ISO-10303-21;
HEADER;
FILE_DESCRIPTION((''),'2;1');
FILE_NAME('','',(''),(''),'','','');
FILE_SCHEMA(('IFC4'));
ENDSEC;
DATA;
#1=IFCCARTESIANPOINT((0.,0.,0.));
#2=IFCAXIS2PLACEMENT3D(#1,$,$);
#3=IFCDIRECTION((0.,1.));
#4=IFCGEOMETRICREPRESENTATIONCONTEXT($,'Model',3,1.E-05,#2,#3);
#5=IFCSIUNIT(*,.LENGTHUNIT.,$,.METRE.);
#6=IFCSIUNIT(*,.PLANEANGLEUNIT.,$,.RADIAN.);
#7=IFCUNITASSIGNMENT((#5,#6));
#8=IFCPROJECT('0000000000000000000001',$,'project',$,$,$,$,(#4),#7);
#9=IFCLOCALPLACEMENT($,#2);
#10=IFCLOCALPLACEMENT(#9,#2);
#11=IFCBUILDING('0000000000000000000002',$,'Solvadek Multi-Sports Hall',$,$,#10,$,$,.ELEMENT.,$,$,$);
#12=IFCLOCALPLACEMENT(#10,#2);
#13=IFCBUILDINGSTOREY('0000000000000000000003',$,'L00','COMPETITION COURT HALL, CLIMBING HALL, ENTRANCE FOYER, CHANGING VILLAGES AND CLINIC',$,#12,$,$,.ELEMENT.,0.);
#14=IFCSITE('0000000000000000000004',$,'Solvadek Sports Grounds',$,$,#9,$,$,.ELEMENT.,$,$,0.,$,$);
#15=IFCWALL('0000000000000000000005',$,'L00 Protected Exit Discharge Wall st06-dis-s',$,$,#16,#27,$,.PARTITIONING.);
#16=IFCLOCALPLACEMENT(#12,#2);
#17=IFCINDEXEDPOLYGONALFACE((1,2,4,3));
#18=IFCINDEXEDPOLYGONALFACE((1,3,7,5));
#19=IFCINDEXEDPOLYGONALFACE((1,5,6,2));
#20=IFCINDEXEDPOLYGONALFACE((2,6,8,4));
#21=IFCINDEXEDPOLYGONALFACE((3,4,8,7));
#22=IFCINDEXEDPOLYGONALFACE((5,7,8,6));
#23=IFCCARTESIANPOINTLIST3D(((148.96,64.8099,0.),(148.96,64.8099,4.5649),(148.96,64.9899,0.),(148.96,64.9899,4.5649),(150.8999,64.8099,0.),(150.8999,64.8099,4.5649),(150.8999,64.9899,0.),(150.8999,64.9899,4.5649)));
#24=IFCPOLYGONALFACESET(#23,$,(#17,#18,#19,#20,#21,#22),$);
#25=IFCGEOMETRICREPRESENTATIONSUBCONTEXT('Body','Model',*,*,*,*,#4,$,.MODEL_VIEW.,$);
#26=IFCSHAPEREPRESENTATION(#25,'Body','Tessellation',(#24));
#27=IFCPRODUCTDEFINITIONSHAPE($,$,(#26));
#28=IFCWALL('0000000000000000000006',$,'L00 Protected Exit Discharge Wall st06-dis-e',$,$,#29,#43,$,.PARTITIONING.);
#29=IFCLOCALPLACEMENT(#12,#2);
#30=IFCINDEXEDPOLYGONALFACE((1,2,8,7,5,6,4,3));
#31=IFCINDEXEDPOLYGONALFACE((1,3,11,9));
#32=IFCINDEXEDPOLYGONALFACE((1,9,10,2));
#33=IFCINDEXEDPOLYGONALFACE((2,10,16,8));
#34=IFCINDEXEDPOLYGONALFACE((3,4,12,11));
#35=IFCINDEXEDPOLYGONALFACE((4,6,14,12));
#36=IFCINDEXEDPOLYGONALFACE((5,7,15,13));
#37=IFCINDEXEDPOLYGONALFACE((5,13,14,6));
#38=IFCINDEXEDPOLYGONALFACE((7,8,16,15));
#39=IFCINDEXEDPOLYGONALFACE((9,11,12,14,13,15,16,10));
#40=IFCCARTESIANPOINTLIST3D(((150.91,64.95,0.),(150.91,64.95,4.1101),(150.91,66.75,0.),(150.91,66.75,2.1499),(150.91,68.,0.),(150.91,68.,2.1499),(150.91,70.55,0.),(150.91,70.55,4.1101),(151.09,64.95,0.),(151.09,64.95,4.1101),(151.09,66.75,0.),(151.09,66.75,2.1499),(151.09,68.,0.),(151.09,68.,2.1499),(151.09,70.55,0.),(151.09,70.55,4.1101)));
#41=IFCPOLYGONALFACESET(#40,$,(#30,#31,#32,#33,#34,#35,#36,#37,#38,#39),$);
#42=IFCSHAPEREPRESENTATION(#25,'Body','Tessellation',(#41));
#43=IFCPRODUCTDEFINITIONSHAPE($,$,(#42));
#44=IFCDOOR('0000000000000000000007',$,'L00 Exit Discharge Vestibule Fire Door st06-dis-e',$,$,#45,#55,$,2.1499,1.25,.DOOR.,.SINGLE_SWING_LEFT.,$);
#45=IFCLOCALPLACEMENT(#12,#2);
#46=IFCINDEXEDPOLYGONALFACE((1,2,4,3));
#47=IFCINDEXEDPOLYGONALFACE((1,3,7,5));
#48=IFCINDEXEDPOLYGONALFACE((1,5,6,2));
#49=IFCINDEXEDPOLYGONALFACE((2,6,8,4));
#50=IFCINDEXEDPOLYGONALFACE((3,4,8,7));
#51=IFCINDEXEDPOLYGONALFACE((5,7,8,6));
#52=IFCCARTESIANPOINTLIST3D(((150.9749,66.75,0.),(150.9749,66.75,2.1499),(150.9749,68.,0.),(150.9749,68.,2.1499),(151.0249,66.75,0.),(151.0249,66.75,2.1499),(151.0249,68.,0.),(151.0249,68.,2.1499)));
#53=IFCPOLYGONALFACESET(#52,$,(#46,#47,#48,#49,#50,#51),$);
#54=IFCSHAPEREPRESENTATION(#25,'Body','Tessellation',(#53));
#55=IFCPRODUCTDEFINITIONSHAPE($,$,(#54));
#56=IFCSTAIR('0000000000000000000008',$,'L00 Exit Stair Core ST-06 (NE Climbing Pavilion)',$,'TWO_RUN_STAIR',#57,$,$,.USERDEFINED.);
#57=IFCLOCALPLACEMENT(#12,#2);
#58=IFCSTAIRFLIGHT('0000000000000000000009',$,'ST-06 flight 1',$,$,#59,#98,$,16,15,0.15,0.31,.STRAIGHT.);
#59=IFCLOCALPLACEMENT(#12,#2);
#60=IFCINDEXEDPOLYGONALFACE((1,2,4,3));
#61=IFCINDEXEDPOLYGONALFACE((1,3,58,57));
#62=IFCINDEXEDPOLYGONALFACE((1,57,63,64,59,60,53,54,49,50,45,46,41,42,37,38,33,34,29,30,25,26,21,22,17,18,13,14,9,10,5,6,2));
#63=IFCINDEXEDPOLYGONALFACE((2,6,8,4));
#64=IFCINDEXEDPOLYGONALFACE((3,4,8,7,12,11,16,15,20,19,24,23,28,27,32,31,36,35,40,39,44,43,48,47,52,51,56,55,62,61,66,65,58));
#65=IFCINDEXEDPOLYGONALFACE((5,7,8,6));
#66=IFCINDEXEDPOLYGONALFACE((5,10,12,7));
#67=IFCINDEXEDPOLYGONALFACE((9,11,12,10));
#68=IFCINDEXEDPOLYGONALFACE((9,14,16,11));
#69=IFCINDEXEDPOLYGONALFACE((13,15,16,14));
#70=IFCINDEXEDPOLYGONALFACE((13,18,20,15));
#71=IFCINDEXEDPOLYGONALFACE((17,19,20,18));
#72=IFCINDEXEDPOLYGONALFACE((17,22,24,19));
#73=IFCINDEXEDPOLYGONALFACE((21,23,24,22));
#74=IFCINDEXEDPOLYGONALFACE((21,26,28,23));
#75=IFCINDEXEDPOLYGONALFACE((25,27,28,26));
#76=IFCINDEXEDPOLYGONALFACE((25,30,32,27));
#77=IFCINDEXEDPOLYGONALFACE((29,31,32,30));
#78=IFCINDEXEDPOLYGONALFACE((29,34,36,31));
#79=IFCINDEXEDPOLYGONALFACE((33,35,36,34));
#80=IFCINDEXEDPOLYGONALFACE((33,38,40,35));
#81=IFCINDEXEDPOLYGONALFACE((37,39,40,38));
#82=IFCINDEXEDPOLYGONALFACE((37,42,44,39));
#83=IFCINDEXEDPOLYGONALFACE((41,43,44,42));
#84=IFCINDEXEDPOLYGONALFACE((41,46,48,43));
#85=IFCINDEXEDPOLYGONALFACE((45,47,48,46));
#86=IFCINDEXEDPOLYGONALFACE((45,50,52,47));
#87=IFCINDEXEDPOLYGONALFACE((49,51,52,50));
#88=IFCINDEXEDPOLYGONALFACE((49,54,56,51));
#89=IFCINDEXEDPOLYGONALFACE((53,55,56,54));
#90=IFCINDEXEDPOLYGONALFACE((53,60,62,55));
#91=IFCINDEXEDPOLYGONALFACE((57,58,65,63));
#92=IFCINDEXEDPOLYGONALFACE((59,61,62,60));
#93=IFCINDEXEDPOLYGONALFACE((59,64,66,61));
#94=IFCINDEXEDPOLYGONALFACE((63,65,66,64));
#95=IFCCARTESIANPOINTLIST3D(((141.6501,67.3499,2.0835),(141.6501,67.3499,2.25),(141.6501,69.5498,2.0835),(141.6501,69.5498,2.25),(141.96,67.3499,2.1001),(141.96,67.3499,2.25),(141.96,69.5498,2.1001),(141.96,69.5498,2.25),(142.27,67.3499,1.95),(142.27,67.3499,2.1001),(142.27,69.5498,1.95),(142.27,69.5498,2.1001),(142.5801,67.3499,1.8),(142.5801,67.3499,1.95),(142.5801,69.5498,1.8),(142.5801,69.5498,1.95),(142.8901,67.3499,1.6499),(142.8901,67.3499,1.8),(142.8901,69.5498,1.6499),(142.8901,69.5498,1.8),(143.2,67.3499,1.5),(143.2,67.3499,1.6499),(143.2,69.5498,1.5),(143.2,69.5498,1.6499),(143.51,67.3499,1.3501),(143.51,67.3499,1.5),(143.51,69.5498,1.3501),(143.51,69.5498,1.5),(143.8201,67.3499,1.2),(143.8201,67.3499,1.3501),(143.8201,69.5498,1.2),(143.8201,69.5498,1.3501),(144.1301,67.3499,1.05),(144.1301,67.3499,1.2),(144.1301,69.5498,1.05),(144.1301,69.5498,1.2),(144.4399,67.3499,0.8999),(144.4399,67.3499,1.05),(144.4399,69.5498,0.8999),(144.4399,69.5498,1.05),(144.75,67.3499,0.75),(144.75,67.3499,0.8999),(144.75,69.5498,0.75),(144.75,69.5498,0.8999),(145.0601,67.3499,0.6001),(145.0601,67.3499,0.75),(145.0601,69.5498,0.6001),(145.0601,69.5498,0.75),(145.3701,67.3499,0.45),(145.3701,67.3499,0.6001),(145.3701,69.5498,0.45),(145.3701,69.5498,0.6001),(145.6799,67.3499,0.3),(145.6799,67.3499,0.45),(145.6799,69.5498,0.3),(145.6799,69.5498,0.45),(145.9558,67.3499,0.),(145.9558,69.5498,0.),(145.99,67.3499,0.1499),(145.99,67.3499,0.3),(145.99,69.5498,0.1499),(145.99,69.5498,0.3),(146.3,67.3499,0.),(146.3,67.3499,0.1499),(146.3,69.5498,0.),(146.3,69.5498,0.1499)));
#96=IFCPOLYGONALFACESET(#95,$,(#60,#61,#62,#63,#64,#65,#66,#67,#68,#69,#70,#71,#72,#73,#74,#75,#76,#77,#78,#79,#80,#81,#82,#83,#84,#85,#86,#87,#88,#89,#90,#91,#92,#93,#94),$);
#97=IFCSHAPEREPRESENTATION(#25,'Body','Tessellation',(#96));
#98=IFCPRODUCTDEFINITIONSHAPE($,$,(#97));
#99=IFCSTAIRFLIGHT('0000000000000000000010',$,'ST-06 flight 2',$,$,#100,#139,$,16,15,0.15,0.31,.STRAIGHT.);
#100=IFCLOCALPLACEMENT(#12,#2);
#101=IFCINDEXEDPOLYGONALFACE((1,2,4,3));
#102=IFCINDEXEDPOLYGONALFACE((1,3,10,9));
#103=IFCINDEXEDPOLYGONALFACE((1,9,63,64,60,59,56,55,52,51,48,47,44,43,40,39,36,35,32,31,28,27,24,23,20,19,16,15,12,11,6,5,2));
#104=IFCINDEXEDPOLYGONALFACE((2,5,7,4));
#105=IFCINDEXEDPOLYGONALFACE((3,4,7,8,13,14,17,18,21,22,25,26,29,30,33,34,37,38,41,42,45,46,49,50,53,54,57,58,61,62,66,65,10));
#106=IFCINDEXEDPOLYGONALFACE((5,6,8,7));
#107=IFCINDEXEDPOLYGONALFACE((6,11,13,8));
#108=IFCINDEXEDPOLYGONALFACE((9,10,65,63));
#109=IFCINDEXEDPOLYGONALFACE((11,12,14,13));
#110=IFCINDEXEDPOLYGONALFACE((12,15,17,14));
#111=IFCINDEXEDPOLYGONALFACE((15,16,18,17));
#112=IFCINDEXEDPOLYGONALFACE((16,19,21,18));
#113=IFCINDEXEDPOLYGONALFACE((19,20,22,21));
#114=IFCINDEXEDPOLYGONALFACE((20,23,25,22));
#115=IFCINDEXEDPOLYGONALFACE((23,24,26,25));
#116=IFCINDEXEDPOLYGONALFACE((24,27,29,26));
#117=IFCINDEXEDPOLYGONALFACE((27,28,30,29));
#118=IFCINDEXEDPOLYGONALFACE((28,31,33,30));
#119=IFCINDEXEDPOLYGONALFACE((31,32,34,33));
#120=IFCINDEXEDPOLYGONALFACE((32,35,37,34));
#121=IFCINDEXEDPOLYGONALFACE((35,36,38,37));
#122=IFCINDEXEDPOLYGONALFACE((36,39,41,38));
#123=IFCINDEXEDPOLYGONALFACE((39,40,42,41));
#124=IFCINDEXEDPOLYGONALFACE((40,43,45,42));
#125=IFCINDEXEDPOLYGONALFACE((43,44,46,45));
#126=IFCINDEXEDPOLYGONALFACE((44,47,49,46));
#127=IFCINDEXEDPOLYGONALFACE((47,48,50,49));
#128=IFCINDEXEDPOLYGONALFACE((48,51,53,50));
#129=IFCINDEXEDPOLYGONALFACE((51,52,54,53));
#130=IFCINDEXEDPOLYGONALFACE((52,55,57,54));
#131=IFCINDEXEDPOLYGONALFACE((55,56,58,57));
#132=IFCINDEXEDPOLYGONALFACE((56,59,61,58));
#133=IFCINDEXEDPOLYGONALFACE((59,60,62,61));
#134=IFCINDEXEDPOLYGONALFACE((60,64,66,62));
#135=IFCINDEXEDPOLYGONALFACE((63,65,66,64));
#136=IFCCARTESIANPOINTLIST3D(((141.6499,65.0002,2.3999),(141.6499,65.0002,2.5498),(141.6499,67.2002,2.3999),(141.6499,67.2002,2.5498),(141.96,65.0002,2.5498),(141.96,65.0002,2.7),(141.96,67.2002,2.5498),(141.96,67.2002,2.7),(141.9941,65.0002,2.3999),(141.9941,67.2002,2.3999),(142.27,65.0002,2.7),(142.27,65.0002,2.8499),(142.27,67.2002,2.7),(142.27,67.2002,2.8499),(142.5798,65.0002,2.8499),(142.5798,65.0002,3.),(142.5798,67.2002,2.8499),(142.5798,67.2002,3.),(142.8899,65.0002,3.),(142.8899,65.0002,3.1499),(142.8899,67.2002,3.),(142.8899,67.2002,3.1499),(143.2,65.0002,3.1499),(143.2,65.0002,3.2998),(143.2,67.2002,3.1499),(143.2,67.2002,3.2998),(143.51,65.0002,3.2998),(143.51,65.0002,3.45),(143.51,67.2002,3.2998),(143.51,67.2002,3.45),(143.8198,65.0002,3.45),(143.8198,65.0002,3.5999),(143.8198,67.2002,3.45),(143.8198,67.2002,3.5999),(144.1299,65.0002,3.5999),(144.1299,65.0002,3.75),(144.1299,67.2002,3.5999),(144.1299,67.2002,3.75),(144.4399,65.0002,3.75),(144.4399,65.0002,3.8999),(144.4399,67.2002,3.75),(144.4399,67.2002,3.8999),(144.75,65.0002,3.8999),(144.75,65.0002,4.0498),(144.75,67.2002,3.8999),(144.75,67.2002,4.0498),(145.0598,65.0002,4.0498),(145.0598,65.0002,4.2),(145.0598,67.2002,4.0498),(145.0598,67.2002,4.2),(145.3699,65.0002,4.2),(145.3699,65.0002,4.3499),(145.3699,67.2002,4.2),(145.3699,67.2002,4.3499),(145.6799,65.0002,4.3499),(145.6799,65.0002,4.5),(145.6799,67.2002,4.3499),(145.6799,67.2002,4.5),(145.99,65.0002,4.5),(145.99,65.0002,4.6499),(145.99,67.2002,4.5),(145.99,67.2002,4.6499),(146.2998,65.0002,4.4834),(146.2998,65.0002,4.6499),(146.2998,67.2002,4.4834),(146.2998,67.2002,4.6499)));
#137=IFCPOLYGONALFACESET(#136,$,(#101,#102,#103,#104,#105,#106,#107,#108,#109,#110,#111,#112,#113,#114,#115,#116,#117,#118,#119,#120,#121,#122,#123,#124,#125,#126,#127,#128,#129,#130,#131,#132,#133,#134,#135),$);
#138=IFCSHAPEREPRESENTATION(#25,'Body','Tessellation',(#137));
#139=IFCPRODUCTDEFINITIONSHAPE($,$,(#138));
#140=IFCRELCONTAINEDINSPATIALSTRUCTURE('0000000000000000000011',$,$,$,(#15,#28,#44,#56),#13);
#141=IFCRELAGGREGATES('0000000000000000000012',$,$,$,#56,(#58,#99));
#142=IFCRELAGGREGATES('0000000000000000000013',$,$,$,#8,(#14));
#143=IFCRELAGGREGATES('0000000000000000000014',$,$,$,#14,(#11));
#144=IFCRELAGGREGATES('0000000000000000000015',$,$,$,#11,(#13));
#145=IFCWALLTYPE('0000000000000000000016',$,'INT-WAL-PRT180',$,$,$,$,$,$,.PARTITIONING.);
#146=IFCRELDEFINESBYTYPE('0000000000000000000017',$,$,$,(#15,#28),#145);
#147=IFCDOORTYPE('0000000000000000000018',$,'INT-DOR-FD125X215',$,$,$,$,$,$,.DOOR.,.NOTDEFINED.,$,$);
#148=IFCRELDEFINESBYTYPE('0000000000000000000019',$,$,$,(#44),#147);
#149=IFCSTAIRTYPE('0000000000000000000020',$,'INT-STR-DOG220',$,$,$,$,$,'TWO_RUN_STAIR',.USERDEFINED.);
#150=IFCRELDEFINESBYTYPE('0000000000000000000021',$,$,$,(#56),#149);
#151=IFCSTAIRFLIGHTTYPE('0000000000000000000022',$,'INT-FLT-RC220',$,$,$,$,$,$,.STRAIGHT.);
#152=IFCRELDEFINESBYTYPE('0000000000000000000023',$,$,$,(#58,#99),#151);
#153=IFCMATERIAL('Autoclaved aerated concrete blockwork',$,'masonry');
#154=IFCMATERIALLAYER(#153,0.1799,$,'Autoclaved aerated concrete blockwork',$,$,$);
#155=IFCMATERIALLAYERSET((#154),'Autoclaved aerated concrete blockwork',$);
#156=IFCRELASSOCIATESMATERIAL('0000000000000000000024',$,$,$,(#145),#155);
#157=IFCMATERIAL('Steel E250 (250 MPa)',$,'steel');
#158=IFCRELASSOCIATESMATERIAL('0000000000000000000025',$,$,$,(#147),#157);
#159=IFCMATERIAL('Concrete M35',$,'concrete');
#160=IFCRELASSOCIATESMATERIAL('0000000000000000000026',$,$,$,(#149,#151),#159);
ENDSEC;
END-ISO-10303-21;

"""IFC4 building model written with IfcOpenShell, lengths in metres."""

from ifc_helpers import new_model, si_unit, direction, frame, frame_2d, origin, place, context, subcontext, project, spatial, polyline, rectangle, outline, extrude, material, layer, layer_set, type_object, element, fill, aggregate, save


model = new_model("IFC4")

# Units and contexts
model_context = context("Model", 3, precision=1e-05, world=origin(), true_north=direction((0.0, 1.0)))
body_context = subcontext(model_context, "Body", "Model", "MODEL_VIEW")
ifc_project = project(units=[si_unit("LENGTHUNIT", "METRE"), si_unit("PLANEANGLEUNIT", "RADIAN")], contexts=[model_context])

# Site, building, storey
site_placement = place(None, origin())
site = spatial("IfcSite", under=ifc_project, at=site_placement, Name="Solvadek Sports Grounds", CompositionType="ELEMENT", RefElevation=0.0)
building_placement = place(site_placement, origin())
building = spatial("IfcBuilding", under=site, at=building_placement, Name="Solvadek Multi-Sports Hall", CompositionType="ELEMENT")
storey_placement = place(building_placement, origin())
storey = spatial("IfcBuildingStorey", under=building, at=storey_placement, Name="L00", Description="COMPETITION COURT HALL, CLIMBING HALL, ENTRANCE FOYER, CHANGING VILLAGES AND CLINIC", CompositionType="ELEMENT", Elevation=0.0)

# Shared definitions
ifc_material_1 = material(Name="Autoclaved aerated concrete blockwork", Category="masonry")
ifc_layer_1 = layer(ifc_material_1, 0.1799, Name="Autoclaved aerated concrete blockwork")
ifc_layer_set_1 = layer_set([ifc_layer_1], Name="Autoclaved aerated concrete blockwork")
wall_type_1 = type_object("IfcWallType", Name="INT-WAL-PRT180", PredefinedType="PARTITIONING", material=ifc_layer_set_1)
ifc_material_2 = material(Name="Steel E250 (250 MPa)", Category="steel")
door_type_1 = type_object("IfcDoorType", Name="INT-DOR-FD125X215", OperationType="NOTDEFINED", PredefinedType="DOOR", material=ifc_material_2)

# Wall
wall_1_placement = place(storey_placement, frame((148.96, 64.8999, 0.0), z_axis=(0.0, 0.0, 1.0), x_axis=(1.0, 0.0, 0.0)))
element("IfcWall", 1, at=wall_1_placement, inside=storey, type_object=wall_type_1, Name="L00 Protected Exit Discharge Wall st06-dis-s", PredefinedType="PARTITIONING", context=body_context, shape_type="SweptSolid", body=[
    extrude(rectangle(XDim=1.9399, YDim=0.1799, at=frame_2d((0.97, 0.0))), origin(), (0.0, 0.0, 1.0), 4.5649),
])

# Wall, opening, door
wall_2_placement = place(storey_placement, frame((151.0, 64.95, 0.0), z_axis=(0.0, 0.0, 1.0), x_axis=(0.0, 1.0, 0.0)))
wall_2 = element("IfcWall", 2, at=wall_2_placement, inside=storey, type_object=wall_type_1, Name="L00 Protected Exit Discharge Wall st06-dis-e", PredefinedType="PARTITIONING", context=body_context, shape_type="SweptSolid", body=[
    extrude(rectangle(XDim=5.6001, YDim=0.1799, at=frame_2d((2.8, 0.0))), origin(), (0.0, 0.0, 1.0), 4.1101),
])
opening_1_placement = place(wall_2_placement, frame((1.8, 0.0, 0.0)))
opening_1 = element("IfcOpeningElement", 3, at=opening_1_placement, cuts=wall_2, PredefinedType="OPENING", context=body_context, shape_type="SweptSolid", body=[
    extrude(rectangle(XDim=1.25, YDim=2.1499, at=frame_2d((0.625, 1.075))), frame((0.0, 0.0999, 0.0), z_axis=(0.0, -1.0, 0.0), x_axis=(1.0, 0.0, 0.0)), (0.0, 0.0, 1.0), 0.2),
])
door_1_placement = place(opening_1_placement, frame((1.25, 0.0, 0.0), z_axis=(0.0, 0.0, 1.0), x_axis=(-1.0, 0.0, 0.0)))
door_1 = element("IfcDoor", 4, at=door_1_placement, inside=storey, type_object=door_type_1, Name="L00 Exit Discharge Vestibule Fire Door st06-dis-e", OperationType="SINGLE_SWING_LEFT", OverallHeight=2.1499, OverallWidth=1.25, PredefinedType="DOOR", context=body_context, shape_type="SweptSolid", body=[
    extrude(rectangle(XDim=1.25, YDim=2.1499, at=frame_2d((0.625, 1.075))), frame((0.0, 0.0249, 0.0), z_axis=(0.0, -1.0, 0.0), x_axis=(1.0, 0.0, 0.0)), (0.0, 0.0, 1.0), 0.05),
])
fill(opening_1, door_1)

# Stair, stair flights
ifc_material_3 = material(Name="Concrete M35", Category="concrete")
stair_type = type_object("IfcStairType", Name="INT-STR-DOG220", ElementType="TWO_RUN_STAIR", PredefinedType="USERDEFINED", material=ifc_material_3)
stair_placement = place(storey_placement, origin())
stair = element("IfcStair", 5, at=stair_placement, inside=storey, type_object=stair_type, Name="L00 Exit Stair Core ST-06 (NE Climbing Pavilion)", ObjectType="TWO_RUN_STAIR", PredefinedType="USERDEFINED")
stair_flight_type = type_object("IfcStairFlightType", Name="INT-FLT-RC220", PredefinedType="STRAIGHT", material=ifc_material_3)
stair_flight_1_placement = place(storey_placement, frame((146.3, 68.45, 0.0), z_axis=(0.0, 0.0, 1.0), x_axis=(-1.0, 0.0, 0.0)))
stair_flight_1 = element("IfcStairFlight", 6, at=stair_flight_1_placement, type_object=stair_flight_type, Name="ST-06 flight 1", NumberOfRisers=16, NumberOfTreads=15, PredefinedType="STRAIGHT", RiserHeight=0.15, TreadLength=0.31, context=body_context, shape_type="SweptSolid", body=[
    extrude(outline(polyline([(0.0, 0.0), (0.0, 0.1499), (0.3101, 0.1499), (0.3101, 0.3), (0.6201, 0.3), (0.6201, 0.45), (0.9299, 0.45), (0.9299, 0.6001), (1.24, 0.6001), (1.24, 0.75), (1.55, 0.75), (1.55, 0.8999), (1.8601, 0.8999), (1.8601, 1.05), (2.1699, 1.05), (2.1699, 1.2), (2.48, 1.2), (2.48, 1.3501), (2.79, 1.3501), (2.79, 1.5), (3.1001, 1.5), (3.1001, 1.6499), (3.4099, 1.6499), (3.4099, 1.8), (3.72, 1.8), (3.72, 1.95), (4.03, 1.95), (4.03, 2.1001), (4.3401, 2.1001), (4.3401, 2.25), (4.6499, 2.25), (4.6499, 2.3999), (4.6499, 2.0835), (0.3442, 0.0), (0.0, 0.0)])), frame((0.0, 1.1001, 0.0), z_axis=(0.0, -1.0, 0.0), x_axis=(1.0, 0.0, 0.0)), (0.0, 0.0, 1.0), 2.2),
])
stair_flight_2_placement = place(storey_placement, frame((141.6499, 66.1001, 2.3999), z_axis=(0.0, 0.0, 1.0), x_axis=(1.0, 0.0, 0.0)))
stair_flight_2 = element("IfcStairFlight", 7, at=stair_flight_2_placement, type_object=stair_flight_type, Name="ST-06 flight 2", NumberOfRisers=16, NumberOfTreads=15, PredefinedType="STRAIGHT", RiserHeight=0.15, TreadLength=0.31, context=body_context, shape_type="SweptSolid", body=[
    extrude(outline(polyline([(0.0, 0.0), (0.0, 0.1499), (0.3101, 0.1499), (0.3101, 0.3), (0.6201, 0.3), (0.6201, 0.45), (0.9299, 0.45), (0.9299, 0.6001), (1.24, 0.6001), (1.24, 0.75), (1.55, 0.75), (1.55, 0.8999), (1.8601, 0.8999), (1.8601, 1.05), (2.1699, 1.05), (2.1699, 1.2), (2.48, 1.2), (2.48, 1.3501), (2.79, 1.3501), (2.79, 1.5), (3.1001, 1.5), (3.1001, 1.6499), (3.4099, 1.6499), (3.4099, 1.8), (3.72, 1.8), (3.72, 1.95), (4.03, 1.95), (4.03, 2.1001), (4.3401, 2.1001), (4.3401, 2.25), (4.6499, 2.25), (4.6499, 2.3999), (4.6499, 2.0835), (0.3442, 0.0), (0.0, 0.0)])), frame((0.0, 1.1001, 0.0), z_axis=(0.0, -1.0, 0.0), x_axis=(1.0, 0.0, 0.0)), (0.0, 0.0, 1.0), 2.2),
])
aggregate(stair, [stair_flight_1, stair_flight_2])

save(model, "model.ifc")
